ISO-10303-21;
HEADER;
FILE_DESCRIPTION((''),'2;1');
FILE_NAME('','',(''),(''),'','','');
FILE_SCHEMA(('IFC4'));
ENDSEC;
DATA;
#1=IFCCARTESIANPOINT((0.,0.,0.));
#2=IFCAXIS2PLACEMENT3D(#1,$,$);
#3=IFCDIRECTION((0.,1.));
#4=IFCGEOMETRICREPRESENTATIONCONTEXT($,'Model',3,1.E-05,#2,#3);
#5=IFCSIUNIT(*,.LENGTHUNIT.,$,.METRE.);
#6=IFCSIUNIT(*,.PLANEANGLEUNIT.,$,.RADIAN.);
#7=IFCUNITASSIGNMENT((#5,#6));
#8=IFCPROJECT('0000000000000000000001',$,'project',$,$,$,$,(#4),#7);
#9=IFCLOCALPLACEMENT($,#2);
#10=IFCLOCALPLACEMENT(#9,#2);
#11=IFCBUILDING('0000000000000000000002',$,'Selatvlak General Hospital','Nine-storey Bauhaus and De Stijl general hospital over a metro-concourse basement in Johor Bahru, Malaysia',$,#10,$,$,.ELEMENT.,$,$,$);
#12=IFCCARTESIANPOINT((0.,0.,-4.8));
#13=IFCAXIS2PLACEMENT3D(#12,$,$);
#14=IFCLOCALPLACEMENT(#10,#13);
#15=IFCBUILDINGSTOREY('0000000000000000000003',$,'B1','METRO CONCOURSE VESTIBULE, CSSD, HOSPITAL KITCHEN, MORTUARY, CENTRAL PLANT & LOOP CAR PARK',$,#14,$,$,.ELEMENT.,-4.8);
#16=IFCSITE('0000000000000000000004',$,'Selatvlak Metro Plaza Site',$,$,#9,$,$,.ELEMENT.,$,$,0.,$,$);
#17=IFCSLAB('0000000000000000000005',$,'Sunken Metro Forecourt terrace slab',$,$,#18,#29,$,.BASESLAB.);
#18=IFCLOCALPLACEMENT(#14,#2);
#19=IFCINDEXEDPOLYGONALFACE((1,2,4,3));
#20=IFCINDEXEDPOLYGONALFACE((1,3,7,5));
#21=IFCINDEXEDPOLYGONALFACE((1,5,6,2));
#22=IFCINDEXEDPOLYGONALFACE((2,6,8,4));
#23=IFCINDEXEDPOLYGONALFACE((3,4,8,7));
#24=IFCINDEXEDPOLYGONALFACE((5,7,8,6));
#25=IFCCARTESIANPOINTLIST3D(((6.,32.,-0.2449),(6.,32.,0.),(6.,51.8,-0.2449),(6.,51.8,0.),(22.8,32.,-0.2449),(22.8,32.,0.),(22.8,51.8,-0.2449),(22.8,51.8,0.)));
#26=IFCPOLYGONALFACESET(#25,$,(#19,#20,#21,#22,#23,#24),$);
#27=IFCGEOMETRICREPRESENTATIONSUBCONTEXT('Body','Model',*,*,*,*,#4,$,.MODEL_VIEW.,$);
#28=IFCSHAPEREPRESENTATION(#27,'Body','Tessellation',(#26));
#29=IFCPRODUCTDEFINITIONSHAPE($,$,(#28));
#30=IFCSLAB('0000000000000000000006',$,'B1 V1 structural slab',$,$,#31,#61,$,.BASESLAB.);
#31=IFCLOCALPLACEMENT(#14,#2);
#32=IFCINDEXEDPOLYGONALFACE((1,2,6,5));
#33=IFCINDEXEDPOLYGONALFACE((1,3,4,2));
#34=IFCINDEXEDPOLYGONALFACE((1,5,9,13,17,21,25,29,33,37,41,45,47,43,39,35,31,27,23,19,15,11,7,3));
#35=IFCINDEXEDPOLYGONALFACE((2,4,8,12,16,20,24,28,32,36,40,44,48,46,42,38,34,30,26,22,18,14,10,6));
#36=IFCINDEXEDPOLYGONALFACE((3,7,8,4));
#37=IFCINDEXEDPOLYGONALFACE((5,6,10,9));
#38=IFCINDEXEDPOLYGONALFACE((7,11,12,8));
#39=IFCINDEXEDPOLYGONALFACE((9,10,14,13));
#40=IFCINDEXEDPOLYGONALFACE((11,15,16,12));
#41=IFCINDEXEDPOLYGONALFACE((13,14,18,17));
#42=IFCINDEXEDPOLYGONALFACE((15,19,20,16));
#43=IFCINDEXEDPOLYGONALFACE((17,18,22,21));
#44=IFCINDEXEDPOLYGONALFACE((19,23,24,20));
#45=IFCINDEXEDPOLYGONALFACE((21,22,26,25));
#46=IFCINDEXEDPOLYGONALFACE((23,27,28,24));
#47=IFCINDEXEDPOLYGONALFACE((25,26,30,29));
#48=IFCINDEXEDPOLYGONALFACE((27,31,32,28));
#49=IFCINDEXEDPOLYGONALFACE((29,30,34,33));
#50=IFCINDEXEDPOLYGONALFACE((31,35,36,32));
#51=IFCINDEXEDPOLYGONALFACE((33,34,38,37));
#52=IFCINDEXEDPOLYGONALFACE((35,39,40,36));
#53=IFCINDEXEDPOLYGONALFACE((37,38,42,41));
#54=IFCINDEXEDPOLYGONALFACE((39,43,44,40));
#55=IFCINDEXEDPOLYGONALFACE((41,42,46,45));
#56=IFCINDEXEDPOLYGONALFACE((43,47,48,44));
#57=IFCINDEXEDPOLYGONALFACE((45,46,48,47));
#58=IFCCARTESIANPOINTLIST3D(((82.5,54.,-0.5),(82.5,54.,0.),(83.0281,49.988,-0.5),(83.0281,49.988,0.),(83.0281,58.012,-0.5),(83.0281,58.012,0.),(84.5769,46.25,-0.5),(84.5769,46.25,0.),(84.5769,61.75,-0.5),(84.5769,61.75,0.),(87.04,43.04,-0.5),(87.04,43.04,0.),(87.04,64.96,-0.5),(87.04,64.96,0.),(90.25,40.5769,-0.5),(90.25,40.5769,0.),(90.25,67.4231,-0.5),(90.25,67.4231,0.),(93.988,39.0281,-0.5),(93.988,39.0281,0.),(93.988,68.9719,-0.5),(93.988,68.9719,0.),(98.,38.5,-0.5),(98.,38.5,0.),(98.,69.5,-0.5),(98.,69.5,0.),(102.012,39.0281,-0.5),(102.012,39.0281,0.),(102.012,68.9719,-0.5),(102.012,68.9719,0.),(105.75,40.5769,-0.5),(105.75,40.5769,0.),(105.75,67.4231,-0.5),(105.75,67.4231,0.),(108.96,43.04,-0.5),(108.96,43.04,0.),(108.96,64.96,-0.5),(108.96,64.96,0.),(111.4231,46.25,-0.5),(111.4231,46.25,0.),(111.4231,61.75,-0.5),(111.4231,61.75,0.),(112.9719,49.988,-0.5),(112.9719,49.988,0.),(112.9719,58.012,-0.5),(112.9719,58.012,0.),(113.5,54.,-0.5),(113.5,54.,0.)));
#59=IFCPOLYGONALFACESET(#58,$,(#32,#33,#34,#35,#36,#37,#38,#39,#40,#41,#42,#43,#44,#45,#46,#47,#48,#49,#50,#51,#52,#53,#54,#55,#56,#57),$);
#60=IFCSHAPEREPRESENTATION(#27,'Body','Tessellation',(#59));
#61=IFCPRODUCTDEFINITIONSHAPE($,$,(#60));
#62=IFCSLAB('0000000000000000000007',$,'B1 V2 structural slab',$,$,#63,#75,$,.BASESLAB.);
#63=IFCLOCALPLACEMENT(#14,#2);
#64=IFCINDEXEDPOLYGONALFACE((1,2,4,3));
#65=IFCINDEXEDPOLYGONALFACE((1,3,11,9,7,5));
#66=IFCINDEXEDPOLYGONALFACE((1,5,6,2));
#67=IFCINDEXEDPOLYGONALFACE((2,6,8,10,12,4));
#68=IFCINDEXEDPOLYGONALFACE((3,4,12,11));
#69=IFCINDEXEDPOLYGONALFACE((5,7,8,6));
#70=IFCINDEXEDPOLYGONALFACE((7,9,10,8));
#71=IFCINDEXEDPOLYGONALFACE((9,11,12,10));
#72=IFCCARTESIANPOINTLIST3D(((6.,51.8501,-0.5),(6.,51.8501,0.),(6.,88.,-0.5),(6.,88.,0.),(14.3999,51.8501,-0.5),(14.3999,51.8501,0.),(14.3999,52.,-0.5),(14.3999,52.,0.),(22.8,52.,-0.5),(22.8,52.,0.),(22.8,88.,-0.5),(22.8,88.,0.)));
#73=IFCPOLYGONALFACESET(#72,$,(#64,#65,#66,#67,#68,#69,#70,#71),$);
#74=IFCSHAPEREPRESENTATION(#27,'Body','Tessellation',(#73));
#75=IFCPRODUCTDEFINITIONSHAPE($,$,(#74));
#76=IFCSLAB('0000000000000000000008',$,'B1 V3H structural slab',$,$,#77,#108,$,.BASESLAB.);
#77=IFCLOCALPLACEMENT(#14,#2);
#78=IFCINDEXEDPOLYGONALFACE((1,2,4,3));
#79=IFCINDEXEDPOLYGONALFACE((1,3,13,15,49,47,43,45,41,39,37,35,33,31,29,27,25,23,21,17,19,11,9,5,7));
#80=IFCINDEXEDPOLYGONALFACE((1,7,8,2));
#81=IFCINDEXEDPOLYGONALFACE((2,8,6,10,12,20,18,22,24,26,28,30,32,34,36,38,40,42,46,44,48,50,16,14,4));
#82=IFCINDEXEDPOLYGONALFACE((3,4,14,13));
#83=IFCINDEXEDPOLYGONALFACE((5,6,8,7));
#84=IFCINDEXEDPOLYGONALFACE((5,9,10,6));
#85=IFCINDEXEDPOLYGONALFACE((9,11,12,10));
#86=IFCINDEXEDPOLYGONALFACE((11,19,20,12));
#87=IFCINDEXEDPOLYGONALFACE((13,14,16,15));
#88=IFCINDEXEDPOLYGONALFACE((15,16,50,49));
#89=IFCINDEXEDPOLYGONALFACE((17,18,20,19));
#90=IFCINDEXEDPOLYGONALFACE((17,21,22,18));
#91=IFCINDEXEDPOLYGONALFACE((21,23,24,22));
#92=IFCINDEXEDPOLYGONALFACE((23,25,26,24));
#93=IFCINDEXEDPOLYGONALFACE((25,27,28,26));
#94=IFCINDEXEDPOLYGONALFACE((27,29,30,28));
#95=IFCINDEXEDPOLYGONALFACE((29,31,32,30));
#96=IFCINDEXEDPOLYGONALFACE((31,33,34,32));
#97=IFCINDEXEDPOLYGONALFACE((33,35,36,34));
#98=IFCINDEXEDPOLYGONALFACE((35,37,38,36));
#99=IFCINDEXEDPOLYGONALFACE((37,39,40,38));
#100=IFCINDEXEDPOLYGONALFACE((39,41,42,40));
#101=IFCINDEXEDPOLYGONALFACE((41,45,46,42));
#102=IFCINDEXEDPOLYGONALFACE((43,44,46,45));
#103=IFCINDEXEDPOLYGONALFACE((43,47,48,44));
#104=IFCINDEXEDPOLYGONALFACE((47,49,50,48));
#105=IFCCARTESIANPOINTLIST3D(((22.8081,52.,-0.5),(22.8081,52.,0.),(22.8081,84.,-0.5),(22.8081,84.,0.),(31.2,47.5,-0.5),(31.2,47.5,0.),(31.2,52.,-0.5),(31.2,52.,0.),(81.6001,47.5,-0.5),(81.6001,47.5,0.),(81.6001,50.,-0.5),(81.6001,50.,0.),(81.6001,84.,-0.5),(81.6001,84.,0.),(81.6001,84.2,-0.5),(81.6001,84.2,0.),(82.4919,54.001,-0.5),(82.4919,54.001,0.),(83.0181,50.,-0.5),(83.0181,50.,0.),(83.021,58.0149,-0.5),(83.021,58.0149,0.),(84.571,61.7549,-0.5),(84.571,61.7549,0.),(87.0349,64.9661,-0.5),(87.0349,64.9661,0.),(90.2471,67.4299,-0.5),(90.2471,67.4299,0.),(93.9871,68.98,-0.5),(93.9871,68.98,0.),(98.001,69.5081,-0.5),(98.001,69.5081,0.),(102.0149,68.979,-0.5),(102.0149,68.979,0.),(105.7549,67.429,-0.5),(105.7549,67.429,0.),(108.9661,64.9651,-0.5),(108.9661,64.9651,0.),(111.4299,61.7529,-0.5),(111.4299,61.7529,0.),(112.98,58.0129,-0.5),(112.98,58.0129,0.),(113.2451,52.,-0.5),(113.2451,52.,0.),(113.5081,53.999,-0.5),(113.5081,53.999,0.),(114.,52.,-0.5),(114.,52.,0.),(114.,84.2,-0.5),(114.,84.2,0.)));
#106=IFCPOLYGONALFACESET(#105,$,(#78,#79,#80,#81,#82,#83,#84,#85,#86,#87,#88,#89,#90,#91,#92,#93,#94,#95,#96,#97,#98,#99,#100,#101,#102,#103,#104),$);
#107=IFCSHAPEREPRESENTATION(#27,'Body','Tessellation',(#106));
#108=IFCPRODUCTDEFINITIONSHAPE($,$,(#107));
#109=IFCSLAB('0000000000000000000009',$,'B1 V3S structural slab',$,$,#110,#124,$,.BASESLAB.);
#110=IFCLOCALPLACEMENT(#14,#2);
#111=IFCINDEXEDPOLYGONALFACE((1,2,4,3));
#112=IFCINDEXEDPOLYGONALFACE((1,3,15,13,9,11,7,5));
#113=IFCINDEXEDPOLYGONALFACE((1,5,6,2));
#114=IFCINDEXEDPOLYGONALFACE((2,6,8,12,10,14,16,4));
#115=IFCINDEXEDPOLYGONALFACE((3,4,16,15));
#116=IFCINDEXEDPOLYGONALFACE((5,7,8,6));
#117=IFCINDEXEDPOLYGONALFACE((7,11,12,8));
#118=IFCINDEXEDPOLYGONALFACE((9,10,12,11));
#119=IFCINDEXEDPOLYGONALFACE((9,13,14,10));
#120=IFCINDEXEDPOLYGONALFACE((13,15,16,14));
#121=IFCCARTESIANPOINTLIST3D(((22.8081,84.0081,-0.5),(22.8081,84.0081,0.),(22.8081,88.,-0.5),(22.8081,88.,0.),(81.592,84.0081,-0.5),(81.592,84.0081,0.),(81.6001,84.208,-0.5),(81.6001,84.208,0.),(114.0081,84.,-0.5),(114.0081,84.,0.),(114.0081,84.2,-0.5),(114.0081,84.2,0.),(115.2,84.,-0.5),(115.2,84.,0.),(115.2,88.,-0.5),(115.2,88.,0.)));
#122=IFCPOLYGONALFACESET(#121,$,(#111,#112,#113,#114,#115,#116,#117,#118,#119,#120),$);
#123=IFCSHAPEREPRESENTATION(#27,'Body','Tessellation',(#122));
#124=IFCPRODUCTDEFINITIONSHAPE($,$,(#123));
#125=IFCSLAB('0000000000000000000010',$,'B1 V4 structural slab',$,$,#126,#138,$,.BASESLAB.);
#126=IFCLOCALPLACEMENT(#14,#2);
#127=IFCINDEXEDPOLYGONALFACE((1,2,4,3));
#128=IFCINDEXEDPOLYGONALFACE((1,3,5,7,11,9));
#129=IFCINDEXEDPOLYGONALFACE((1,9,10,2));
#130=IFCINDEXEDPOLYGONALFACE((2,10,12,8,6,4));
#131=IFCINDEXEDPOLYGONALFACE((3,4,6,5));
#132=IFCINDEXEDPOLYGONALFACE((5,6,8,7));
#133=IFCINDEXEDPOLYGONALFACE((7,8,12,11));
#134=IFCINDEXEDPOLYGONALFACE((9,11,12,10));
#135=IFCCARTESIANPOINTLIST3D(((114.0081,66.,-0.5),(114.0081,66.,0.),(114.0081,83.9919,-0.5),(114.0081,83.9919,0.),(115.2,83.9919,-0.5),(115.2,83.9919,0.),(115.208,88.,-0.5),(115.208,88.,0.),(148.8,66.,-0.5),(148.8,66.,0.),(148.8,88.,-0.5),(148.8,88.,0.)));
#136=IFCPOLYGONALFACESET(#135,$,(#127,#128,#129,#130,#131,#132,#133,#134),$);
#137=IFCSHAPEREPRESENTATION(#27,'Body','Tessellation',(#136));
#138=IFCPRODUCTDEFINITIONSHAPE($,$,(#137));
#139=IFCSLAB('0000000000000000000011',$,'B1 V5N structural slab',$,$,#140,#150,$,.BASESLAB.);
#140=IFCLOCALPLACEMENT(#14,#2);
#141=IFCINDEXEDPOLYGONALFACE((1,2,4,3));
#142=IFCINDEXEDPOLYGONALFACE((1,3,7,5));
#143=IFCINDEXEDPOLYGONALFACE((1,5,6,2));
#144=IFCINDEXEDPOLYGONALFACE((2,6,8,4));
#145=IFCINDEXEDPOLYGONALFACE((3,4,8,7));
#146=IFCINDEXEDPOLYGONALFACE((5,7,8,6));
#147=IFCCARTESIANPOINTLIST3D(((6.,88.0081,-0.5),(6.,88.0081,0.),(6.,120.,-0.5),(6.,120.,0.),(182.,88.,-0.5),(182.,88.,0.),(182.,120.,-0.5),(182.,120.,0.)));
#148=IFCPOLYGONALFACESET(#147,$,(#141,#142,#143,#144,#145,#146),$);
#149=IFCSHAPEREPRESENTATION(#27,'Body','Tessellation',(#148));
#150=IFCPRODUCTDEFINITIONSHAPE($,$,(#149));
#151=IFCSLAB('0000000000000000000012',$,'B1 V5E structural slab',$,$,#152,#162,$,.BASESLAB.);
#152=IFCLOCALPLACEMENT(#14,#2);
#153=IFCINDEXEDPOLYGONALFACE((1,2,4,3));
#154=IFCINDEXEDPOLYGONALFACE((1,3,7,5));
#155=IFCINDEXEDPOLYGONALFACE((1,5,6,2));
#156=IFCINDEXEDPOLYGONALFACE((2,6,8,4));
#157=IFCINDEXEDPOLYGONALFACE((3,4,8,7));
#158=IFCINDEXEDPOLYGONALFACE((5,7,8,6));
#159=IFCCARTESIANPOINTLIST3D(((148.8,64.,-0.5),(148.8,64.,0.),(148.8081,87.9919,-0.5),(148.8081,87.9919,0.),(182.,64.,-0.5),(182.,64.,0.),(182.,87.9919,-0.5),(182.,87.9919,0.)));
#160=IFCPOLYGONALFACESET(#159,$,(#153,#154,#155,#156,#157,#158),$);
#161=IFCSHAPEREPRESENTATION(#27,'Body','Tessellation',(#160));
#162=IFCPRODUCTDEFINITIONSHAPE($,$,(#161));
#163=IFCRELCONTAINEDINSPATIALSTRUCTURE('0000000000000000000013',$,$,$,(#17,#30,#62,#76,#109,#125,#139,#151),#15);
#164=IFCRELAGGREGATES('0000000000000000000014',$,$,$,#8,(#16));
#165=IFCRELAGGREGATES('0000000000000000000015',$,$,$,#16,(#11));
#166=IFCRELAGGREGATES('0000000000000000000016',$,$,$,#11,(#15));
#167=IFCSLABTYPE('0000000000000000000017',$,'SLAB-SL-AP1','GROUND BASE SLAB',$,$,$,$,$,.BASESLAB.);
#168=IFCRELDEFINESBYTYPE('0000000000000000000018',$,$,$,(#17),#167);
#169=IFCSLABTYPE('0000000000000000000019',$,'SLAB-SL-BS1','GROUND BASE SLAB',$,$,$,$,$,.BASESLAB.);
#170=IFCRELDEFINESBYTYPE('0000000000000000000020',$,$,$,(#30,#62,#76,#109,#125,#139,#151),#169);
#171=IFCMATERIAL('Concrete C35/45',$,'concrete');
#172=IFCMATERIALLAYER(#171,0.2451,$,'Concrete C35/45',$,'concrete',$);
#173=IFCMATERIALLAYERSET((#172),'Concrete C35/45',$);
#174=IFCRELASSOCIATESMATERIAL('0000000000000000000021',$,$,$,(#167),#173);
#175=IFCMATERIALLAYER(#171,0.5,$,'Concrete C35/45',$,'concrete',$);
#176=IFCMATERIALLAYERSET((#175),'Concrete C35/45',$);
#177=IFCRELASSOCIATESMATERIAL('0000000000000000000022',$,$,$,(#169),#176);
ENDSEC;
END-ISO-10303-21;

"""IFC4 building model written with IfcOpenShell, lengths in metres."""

from ifc_helpers import new_model, si_unit, direction, frame, origin, place, context, subcontext, project, spatial, polyline, outline, extrude, material, layer, layer_set, type_object, element, save


model = new_model("IFC4")

# Units and contexts
model_context = context("Model", 3, precision=1e-05, world=origin(), true_north=direction((0.0, 1.0)))
body_context = subcontext(model_context, "Body", "Model", "MODEL_VIEW")
ifc_project = project(units=[si_unit("LENGTHUNIT", "METRE"), si_unit("PLANEANGLEUNIT", "RADIAN")], contexts=[model_context])

# Site, building, storey
site_placement = place(None, origin())
site = spatial("IfcSite", under=ifc_project, at=site_placement, Name="Selatvlak Metro Plaza Site", CompositionType="ELEMENT", RefElevation=0.0)
building_placement = place(site_placement, origin())
building = spatial("IfcBuilding", under=site, at=building_placement, Name="Selatvlak General Hospital", Description="Nine-storey Bauhaus and De Stijl general hospital over a metro-concourse basement in Johor Bahru, Malaysia", CompositionType="ELEMENT")
storey_placement = place(building_placement, frame((0.0, 0.0, -4.8)))
storey = spatial("IfcBuildingStorey", under=building, at=storey_placement, Name="B1", Description="METRO CONCOURSE VESTIBULE, CSSD, HOSPITAL KITCHEN, MORTUARY, CENTRAL PLANT & LOOP CAR PARK", CompositionType="ELEMENT", Elevation=-4.8)

# Slabs
ifc_material_1 = material(Name="Concrete C35/45", Category="concrete")
ifc_layer_1 = layer(ifc_material_1, 0.2451, Name="Concrete C35/45", Category="concrete")
ifc_layer_set_1 = layer_set([ifc_layer_1], Name="Concrete C35/45")
slab_type_1 = type_object("IfcSlabType", Name="SLAB-SL-AP1", Description="GROUND BASE SLAB", PredefinedType="BASESLAB", material=ifc_layer_set_1)
slab_1_placement = place(storey_placement, frame((0.0, 0.0, -0.2449)))
element("IfcSlab", 1, at=slab_1_placement, inside=storey, type_object=slab_type_1, Name="Sunken Metro Forecourt terrace slab", PredefinedType="BASESLAB", context=body_context, shape_type="SweptSolid", body=[
    extrude(outline(polyline([(6.0, 32.0), (6.0, 51.8), (22.8, 51.8), (22.8, 32.0), (6.0, 32.0)])), origin(), (0.0, 0.0, 1.0), 0.2449),
])
ifc_layer_2 = layer(ifc_material_1, 0.5, Name="Concrete C35/45", Category="concrete")
ifc_layer_set_2 = layer_set([ifc_layer_2], Name="Concrete C35/45")
slab_type_2 = type_object("IfcSlabType", Name="SLAB-SL-BS1", Description="GROUND BASE SLAB", PredefinedType="BASESLAB", material=ifc_layer_set_2)
slab_2_placement = place(storey_placement, frame((0.0, 0.0, -0.5)))
element("IfcSlab", 2, at=slab_2_placement, inside=storey, type_object=slab_type_2, Name="B1 V1 structural slab", PredefinedType="BASESLAB", context=body_context, shape_type="SweptSolid", body=[
    extrude(outline(polyline([(113.5, 54.0), (112.9719, 49.988), (111.4231, 46.25), (108.96, 43.04), (105.75, 40.5769), (102.012, 39.0281), (98.0, 38.5), (93.988, 39.0281), (90.25, 40.5769), (87.04, 43.04), (84.5769, 46.25), (83.0281, 49.988), (82.5, 54.0), (83.0281, 58.012), (84.5769, 61.75), (87.04, 64.96), (90.25, 67.4231), (93.988, 68.9719), (98.0, 69.5), (102.012, 68.9719), (105.75, 67.4231), (108.96, 64.96), (111.4231, 61.75), (112.9719, 58.012), (113.5, 54.0)])), origin(), (0.0, 0.0, 1.0), 0.5),
])
slab_3_placement = place(storey_placement, frame((0.0, 0.0, -0.5)))
element("IfcSlab", 3, at=slab_3_placement, inside=storey, type_object=slab_type_2, Name="B1 V2 structural slab", PredefinedType="BASESLAB", context=body_context, shape_type="SweptSolid", body=[
    extrude(outline(polyline([(14.3999, 52.0), (14.3999, 51.8501), (6.0, 51.8501), (6.0, 88.0), (22.8, 88.0), (22.8, 52.0), (14.3999, 52.0)])), origin(), (0.0, 0.0, 1.0), 0.5),
])
slab_4_placement = place(storey_placement, frame((0.0, 0.0, -0.5)))
element("IfcSlab", 4, at=slab_4_placement, inside=storey, type_object=slab_type_2, Name="B1 V3H structural slab", PredefinedType="BASESLAB", context=body_context, shape_type="SweptSolid", body=[
    extrude(outline(polyline([(81.6001, 84.2), (114.0, 84.2), (114.0, 52.0), (113.2451, 52.0), (113.5081, 53.999), (112.98, 58.0129), (111.4299, 61.7529), (108.9661, 64.9651), (105.7549, 67.429), (102.0149, 68.979), (98.001, 69.5081), (93.9871, 68.98), (90.2471, 67.4299), (87.0349, 64.9661), (84.571, 61.7549), (83.021, 58.0149), (82.4919, 54.001), (83.0181, 50.0), (81.6001, 50.0), (81.6001, 47.5), (31.2, 47.5), (31.2, 52.0), (22.8081, 52.0), (22.8081, 84.0), (81.6001, 84.0), (81.6001, 84.2)])), origin(), (0.0, 0.0, 1.0), 0.5),
])
slab_5_placement = place(storey_placement, frame((0.0, 0.0, -0.5)))
element("IfcSlab", 5, at=slab_5_placement, inside=storey, type_object=slab_type_2, Name="B1 V3S structural slab", PredefinedType="BASESLAB", context=body_context, shape_type="SweptSolid", body=[
    extrude(outline(polyline([(115.2, 88.0), (115.2, 84.0), (114.0081, 84.0), (114.0081, 84.2), (81.6001, 84.208), (81.592, 84.0081), (22.8081, 84.0081), (22.8081, 88.0), (115.2, 88.0)])), origin(), (0.0, 0.0, 1.0), 0.5),
])
slab_6_placement = place(storey_placement, frame((0.0, 0.0, -0.5)))
element("IfcSlab", 6, at=slab_6_placement, inside=storey, type_object=slab_type_2, Name="B1 V4 structural slab", PredefinedType="BASESLAB", context=body_context, shape_type="SweptSolid", body=[
    extrude(outline(polyline([(148.8, 88.0), (148.8, 66.0), (114.0081, 66.0), (114.0081, 83.9919), (115.2, 83.9919), (115.208, 88.0), (148.8, 88.0)])), origin(), (0.0, 0.0, 1.0), 0.5),
])
slab_7_placement = place(storey_placement, frame((0.0, 0.0, -0.5)))
element("IfcSlab", 7, at=slab_7_placement, inside=storey, type_object=slab_type_2, Name="B1 V5N structural slab", PredefinedType="BASESLAB", context=body_context, shape_type="SweptSolid", body=[
    extrude(outline(polyline([(182.0, 88.0), (6.0, 88.0081), (6.0, 120.0), (182.0, 120.0), (182.0, 88.0)])), origin(), (0.0, 0.0, 1.0), 0.5),
])
slab_8_placement = place(storey_placement, frame((0.0, 0.0, -0.5)))
element("IfcSlab", 8, at=slab_8_placement, inside=storey, type_object=slab_type_2, Name="B1 V5E structural slab", PredefinedType="BASESLAB", context=body_context, shape_type="SweptSolid", body=[
    extrude(outline(polyline([(182.0, 64.0), (148.8, 64.0), (148.8081, 87.9919), (182.0, 87.9919), (182.0, 64.0)])), origin(), (0.0, 0.0, 1.0), 0.5),
])

save(model, "model.ifc")
